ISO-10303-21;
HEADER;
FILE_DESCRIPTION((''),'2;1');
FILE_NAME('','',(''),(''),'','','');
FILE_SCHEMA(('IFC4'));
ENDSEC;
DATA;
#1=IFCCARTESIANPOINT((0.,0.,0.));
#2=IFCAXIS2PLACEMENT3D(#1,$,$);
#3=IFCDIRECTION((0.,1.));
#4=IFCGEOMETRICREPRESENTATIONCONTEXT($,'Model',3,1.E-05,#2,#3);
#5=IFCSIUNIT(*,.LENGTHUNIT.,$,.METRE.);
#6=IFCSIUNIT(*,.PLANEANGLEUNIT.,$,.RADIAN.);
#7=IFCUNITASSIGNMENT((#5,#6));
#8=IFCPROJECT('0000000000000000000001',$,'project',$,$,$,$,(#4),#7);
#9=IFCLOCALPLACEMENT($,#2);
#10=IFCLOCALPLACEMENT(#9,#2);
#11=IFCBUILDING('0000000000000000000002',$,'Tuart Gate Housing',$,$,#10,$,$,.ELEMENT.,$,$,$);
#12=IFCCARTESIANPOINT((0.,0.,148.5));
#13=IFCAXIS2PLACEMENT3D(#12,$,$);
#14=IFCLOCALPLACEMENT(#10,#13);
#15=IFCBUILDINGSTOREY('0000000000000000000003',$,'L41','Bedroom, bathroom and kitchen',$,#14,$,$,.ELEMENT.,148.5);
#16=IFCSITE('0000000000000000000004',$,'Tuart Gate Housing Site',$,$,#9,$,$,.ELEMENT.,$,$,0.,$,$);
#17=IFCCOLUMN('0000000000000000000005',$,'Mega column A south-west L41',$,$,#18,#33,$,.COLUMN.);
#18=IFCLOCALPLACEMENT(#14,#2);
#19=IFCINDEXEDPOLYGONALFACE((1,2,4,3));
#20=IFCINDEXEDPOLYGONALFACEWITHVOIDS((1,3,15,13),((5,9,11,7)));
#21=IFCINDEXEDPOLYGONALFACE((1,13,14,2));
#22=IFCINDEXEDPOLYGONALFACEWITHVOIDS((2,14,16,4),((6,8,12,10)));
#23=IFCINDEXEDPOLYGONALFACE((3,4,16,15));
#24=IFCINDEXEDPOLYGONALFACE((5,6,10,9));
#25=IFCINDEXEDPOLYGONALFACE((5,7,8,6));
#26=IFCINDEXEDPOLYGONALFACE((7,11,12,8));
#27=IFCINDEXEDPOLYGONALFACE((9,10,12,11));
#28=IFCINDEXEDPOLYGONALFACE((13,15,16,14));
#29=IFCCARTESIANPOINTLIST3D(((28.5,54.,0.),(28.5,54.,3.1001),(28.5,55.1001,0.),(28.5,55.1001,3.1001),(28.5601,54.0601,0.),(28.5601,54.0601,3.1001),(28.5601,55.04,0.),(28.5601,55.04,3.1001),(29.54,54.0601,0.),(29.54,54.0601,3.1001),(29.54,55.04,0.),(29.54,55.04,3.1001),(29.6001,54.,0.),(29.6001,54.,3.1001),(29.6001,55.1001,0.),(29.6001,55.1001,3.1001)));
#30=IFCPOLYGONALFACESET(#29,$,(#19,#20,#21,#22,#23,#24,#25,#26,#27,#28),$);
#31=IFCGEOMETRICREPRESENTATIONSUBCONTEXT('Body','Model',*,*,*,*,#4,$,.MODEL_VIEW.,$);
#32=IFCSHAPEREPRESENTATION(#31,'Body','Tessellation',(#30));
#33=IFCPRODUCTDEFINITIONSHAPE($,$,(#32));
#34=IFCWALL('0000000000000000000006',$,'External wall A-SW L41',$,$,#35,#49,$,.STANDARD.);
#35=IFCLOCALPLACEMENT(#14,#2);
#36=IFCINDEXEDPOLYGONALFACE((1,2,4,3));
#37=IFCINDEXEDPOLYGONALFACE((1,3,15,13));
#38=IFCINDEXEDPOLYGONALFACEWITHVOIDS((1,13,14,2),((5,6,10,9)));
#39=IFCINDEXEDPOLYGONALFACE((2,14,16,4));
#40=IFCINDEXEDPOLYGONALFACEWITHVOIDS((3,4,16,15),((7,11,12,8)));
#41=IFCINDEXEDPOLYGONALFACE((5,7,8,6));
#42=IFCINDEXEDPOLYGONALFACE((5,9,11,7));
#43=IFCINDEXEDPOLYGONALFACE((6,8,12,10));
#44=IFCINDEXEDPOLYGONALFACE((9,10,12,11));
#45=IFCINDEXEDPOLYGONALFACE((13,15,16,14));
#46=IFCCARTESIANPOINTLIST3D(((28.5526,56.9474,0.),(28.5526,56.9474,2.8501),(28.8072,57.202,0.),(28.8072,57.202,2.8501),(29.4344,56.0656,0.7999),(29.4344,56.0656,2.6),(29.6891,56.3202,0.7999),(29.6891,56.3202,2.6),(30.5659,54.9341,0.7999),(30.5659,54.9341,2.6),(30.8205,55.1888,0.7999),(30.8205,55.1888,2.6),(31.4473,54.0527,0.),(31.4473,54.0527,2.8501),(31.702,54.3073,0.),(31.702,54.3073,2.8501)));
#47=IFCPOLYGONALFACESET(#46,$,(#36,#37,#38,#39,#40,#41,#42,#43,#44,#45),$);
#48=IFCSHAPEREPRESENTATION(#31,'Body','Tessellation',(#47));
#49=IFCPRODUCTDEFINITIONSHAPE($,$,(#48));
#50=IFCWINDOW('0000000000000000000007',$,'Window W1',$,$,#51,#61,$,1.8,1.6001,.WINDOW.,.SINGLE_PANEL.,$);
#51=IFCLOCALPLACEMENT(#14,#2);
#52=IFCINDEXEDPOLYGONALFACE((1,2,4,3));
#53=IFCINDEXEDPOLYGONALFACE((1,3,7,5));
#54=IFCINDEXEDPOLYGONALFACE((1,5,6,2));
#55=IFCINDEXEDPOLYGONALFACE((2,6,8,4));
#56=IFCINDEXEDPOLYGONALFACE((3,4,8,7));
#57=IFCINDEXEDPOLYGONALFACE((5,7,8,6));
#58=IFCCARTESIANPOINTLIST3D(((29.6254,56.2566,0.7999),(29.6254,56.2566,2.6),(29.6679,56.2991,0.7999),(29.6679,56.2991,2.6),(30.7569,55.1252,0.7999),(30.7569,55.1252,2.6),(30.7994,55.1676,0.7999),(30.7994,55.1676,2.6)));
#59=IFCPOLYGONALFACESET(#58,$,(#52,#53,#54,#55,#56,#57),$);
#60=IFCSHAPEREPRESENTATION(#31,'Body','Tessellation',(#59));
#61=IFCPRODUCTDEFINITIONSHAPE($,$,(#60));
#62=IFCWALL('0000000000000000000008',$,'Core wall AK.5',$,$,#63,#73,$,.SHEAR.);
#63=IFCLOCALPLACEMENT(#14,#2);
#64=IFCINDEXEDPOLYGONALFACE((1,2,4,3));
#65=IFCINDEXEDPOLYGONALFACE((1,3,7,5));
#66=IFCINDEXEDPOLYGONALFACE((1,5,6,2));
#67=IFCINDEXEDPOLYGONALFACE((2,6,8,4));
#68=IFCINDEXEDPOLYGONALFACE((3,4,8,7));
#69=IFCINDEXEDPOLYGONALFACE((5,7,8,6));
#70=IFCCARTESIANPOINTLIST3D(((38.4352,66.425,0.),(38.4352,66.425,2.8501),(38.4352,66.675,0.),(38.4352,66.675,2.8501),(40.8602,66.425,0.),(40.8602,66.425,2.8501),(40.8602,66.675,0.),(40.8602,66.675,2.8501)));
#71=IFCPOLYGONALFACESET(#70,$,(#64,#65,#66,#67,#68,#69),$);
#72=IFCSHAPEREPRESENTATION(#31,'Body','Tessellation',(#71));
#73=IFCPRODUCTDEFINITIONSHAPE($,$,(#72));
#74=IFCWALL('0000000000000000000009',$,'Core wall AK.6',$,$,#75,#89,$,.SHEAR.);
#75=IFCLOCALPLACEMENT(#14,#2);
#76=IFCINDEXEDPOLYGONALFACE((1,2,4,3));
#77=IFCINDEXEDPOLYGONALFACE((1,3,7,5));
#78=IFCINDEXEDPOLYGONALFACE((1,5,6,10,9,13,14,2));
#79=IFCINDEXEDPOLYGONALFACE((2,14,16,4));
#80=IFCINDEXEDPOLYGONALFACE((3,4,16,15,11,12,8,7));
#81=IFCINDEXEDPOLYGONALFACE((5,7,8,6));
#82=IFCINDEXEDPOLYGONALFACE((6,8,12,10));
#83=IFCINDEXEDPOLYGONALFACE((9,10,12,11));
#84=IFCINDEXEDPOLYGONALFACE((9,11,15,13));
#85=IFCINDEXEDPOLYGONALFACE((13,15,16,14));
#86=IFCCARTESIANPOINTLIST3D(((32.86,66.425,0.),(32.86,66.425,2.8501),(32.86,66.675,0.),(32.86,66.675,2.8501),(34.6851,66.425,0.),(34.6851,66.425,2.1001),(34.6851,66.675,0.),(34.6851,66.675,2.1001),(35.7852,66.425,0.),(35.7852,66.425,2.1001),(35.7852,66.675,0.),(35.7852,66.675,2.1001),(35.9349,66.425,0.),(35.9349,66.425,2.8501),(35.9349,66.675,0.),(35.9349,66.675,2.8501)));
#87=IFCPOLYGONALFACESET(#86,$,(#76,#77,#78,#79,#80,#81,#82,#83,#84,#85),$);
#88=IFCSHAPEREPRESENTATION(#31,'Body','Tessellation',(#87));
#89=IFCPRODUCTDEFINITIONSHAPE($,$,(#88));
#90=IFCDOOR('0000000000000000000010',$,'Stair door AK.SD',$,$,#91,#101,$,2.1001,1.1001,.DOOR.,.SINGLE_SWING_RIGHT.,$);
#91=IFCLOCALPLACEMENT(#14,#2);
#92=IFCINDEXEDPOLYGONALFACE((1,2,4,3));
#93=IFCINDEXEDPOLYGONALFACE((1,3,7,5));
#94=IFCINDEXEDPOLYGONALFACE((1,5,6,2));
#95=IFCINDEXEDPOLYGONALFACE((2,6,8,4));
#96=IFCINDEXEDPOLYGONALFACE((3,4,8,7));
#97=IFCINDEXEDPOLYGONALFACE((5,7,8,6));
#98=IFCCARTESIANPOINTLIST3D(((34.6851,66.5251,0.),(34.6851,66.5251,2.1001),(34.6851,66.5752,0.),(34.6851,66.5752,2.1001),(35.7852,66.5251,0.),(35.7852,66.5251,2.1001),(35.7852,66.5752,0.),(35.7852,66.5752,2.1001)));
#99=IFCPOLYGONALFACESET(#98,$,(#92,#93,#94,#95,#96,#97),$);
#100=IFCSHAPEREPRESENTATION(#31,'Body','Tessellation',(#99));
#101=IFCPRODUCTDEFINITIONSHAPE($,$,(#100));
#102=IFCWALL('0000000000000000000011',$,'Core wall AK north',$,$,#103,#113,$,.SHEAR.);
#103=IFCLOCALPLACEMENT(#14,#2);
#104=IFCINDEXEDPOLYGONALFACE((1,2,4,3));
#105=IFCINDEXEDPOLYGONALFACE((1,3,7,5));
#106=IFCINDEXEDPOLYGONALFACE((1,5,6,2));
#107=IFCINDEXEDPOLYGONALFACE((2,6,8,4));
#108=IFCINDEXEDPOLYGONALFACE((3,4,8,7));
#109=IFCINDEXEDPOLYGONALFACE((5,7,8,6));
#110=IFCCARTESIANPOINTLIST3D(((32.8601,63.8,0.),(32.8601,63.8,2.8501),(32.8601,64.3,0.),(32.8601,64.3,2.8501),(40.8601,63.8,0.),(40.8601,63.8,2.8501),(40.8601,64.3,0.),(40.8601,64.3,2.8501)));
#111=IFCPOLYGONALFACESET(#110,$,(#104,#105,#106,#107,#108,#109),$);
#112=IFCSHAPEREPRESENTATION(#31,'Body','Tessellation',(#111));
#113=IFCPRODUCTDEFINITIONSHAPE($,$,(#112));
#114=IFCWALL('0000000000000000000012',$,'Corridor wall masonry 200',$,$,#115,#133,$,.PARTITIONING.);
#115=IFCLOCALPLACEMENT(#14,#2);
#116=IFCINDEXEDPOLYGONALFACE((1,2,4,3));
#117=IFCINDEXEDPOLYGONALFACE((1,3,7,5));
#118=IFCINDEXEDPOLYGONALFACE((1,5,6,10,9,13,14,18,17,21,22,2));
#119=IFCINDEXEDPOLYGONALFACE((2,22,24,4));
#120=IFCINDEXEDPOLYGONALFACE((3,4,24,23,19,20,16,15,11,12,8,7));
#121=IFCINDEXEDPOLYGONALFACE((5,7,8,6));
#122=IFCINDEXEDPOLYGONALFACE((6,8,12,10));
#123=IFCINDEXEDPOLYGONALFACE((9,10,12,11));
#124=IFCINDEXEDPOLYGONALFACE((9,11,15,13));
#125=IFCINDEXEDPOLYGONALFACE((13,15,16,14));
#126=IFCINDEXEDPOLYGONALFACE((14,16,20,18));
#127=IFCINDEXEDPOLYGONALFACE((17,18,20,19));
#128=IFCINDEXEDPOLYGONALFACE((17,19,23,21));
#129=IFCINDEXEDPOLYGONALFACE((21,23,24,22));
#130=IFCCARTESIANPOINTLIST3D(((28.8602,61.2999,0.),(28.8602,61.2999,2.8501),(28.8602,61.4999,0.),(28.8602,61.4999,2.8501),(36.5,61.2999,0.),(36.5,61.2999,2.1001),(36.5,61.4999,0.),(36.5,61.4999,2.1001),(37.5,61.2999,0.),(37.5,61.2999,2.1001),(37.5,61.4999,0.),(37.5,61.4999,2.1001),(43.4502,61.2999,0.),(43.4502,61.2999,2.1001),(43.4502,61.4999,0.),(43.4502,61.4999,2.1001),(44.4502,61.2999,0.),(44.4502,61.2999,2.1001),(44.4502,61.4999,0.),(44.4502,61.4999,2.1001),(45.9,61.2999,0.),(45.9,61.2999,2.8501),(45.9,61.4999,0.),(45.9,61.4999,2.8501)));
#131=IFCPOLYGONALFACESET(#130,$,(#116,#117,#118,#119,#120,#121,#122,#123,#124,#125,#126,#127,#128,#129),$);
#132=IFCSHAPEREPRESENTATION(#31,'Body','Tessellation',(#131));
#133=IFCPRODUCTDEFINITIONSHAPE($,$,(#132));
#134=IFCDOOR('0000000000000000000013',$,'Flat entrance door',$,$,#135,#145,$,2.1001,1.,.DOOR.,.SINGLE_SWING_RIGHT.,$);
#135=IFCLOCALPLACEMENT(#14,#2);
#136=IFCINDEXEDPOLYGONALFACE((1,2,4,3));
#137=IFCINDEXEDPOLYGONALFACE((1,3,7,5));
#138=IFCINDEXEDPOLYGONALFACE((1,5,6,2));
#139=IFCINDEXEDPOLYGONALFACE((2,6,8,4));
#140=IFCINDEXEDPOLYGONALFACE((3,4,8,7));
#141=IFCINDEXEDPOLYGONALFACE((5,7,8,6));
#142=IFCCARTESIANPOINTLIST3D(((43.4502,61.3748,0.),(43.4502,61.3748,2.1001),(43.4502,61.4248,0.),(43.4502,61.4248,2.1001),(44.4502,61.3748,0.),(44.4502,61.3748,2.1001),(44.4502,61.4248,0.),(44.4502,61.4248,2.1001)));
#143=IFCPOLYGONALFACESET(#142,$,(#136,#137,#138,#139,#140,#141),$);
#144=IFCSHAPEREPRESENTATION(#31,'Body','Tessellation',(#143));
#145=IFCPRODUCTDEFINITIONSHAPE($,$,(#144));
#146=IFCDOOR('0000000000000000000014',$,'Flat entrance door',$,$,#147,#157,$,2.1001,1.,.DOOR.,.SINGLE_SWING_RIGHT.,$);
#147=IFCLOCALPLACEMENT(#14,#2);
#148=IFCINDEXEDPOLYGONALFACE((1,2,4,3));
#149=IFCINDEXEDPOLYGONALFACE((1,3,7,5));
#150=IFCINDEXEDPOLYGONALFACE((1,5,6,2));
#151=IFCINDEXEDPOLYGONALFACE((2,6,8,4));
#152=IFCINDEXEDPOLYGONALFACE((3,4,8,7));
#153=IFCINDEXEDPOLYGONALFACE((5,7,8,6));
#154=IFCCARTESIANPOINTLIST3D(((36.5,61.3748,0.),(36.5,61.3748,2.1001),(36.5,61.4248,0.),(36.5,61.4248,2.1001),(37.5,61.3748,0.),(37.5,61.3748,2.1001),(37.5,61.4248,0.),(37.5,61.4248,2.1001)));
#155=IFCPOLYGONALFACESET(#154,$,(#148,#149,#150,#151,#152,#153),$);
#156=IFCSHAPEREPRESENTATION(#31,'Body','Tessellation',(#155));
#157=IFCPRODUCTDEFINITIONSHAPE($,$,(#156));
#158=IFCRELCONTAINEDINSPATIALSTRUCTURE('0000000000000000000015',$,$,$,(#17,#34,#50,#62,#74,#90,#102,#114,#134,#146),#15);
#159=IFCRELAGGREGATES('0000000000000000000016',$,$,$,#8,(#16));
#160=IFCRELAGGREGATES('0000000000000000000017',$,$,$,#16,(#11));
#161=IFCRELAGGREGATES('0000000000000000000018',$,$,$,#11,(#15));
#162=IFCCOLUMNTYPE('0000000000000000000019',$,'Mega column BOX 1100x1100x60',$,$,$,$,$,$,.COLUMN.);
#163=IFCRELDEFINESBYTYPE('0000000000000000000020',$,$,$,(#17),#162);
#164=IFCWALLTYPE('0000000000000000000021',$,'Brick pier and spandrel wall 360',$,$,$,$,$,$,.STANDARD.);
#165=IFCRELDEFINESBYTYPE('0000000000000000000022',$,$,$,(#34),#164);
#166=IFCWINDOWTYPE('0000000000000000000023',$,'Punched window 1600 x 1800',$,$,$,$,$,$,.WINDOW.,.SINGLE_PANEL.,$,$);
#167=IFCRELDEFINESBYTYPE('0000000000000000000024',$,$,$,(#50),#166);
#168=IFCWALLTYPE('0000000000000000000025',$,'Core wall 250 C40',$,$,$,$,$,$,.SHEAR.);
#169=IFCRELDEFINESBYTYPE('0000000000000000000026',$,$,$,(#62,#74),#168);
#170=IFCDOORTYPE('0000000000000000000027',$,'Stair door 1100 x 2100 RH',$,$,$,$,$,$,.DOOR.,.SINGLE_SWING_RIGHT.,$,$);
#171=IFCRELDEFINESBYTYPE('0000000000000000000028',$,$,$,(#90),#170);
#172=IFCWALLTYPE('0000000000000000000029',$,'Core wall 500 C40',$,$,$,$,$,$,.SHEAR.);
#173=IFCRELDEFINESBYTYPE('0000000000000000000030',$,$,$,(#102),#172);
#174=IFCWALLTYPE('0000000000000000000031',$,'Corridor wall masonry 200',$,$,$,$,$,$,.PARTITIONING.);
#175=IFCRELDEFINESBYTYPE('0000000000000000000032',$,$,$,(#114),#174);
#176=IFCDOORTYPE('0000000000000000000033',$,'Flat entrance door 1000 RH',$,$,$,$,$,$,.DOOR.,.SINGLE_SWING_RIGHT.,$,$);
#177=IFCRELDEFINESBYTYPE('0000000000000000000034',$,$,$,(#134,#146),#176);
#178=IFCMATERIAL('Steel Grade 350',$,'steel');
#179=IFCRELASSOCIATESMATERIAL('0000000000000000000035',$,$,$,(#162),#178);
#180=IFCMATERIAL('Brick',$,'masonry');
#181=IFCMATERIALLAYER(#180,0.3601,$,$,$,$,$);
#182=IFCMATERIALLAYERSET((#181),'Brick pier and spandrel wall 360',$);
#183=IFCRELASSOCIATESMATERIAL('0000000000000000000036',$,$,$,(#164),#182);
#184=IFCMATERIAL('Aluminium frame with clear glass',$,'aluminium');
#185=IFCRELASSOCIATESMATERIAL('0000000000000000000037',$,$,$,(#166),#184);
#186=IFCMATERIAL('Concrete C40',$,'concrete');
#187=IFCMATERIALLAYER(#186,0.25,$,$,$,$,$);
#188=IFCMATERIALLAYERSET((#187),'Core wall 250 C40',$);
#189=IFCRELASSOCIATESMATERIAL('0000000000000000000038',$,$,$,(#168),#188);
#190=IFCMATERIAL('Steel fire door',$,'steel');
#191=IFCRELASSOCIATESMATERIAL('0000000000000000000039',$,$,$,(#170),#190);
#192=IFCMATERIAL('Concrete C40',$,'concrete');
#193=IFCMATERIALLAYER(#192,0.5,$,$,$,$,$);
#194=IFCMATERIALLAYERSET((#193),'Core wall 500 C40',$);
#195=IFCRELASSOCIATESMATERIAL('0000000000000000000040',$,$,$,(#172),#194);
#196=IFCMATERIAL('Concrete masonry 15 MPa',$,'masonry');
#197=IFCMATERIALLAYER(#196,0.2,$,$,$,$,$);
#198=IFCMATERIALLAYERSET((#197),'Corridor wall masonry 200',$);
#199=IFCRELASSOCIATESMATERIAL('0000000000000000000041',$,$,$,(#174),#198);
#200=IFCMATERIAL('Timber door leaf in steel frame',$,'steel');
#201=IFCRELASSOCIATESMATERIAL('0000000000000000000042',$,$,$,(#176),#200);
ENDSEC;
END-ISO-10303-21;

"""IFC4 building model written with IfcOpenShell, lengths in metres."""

from ifc_helpers import new_model, si_unit, direction, frame, frame_2d, origin, origin_2d, place, context, subcontext, project, spatial, rectangle, hollow_rectangle, extrude, material, layer, layer_set, material_profile, profile_set, type_object, element, fill, save


model = new_model("IFC4")

# Units and contexts
model_context = context("Model", 3, precision=1e-05, world=origin(), true_north=direction((0.0, 1.0)))
body_context = subcontext(model_context, "Body", "Model", "MODEL_VIEW")
ifc_project = project(units=[si_unit("LENGTHUNIT", "METRE"), si_unit("PLANEANGLEUNIT", "RADIAN")], contexts=[model_context])

# Site, building, storey
site_placement = place(None, origin())
site = spatial("IfcSite", under=ifc_project, at=site_placement, Name="Tuart Gate Housing Site", CompositionType="ELEMENT", RefElevation=0.0)
building_placement = place(site_placement, origin())
building = spatial("IfcBuilding", under=site, at=building_placement, Name="Tuart Gate Housing", CompositionType="ELEMENT")
storey_placement = place(building_placement, frame((0.0, 0.0, 148.5)))
storey = spatial("IfcBuildingStorey", under=building, at=storey_placement, Name="L41", Description="Bedroom, bathroom and kitchen", CompositionType="ELEMENT", Elevation=148.5)

# Column
ifc_material_1 = material(Name="Steel Grade 350", Category="steel")
ifc_material_profile = material_profile(ifc_material_1, hollow_rectangle(XDim=1.1001, YDim=1.1001, WallThickness=0.0601, at=origin_2d()), Name="BOX 1100x1100x60")
ifc_profile_set = profile_set([ifc_material_profile], Name="Steel Grade 350")
column_type = type_object("IfcColumnType", Name="Mega column BOX 1100x1100x60", PredefinedType="COLUMN", material=ifc_profile_set)
column_placement = place(storey_placement, frame((29.05, 54.55, 0.0), z_axis=(0.0, 0.0, 1.0), x_axis=(1.0, 0.0, 0.0)))
element("IfcColumn", 1, at=column_placement, inside=storey, type_object=column_type, Name="Mega column A south-west L41", PredefinedType="COLUMN", context=body_context, shape_type="SweptSolid", body=[
    extrude(hollow_rectangle(XDim=1.1001, YDim=1.1001, WallThickness=0.0601, at=origin_2d()), origin(), (0.0, 0.0, 1.0), 3.1001),
])

# Wall, opening, window
ifc_material_2 = material(Name="Brick", Category="masonry")
ifc_layer_1 = layer(ifc_material_2, 0.3601)
ifc_layer_set_1 = layer_set([ifc_layer_1], Name="Brick pier and spandrel wall 360")
wall_type_1 = type_object("IfcWallType", Name="Brick pier and spandrel wall 360", PredefinedType="STANDARD", material=ifc_layer_set_1)
wall_1_placement = place(storey_placement, frame((28.6799, 57.0747, 0.0), z_axis=(0.0, 0.0, 1.0), x_axis=(0.707107, -0.707107, 0.0)))
wall_1 = element("IfcWall", 2, at=wall_1_placement, inside=storey, type_object=wall_type_1, Name="External wall A-SW L41", PredefinedType="STANDARD", context=body_context, shape_type="SweptSolid", body=[
    extrude(rectangle(XDim=4.0938, YDim=0.3601, at=frame_2d((2.0469, 0.0))), origin(), (0.0, 0.0, 1.0), 2.8501),
])
opening_1_placement = place(wall_1_placement, frame((1.2471, 0.0, 0.8)))
opening_1 = element("IfcOpeningElement", 3, at=opening_1_placement, cuts=wall_1, PredefinedType="OPENING", context=body_context, shape_type="SweptSolid", body=[
    extrude(rectangle(XDim=1.6001, YDim=1.8, at=frame_2d((0.8, 0.8999))), frame((0.0, 0.1899, 0.0), z_axis=(0.0, -1.0, 0.0), x_axis=(1.0, 0.0, 0.0)), (0.0, 0.0, 1.0), 0.3801),
])
ifc_material_3 = material(Name="Aluminium frame with clear glass", Category="aluminium")
window_type = type_object("IfcWindowType", Name="Punched window 1600 x 1800", PartitioningType="SINGLE_PANEL", PredefinedType="WINDOW", material=ifc_material_3)
window_placement = place(opening_1_placement, origin())
window = element("IfcWindow", 4, at=window_placement, inside=storey, type_object=window_type, Name="Window W1", OverallHeight=1.8, OverallWidth=1.6001, PartitioningType="SINGLE_PANEL", PredefinedType="WINDOW", context=body_context, shape_type="SweptSolid", body=[
    extrude(rectangle(XDim=1.6001, YDim=1.8, at=frame_2d((0.8, 0.8999))), frame((0.0, 0.1501, 0.0), z_axis=(0.0, -1.0, 0.0), x_axis=(1.0, 0.0, 0.0)), (0.0, 0.0, 1.0), 0.0601),
])
fill(opening_1, window)

# Wall
ifc_material_4 = material(Name="Concrete C40", Category="concrete")
ifc_layer_2 = layer(ifc_material_4, 0.25)
ifc_layer_set_2 = layer_set([ifc_layer_2], Name="Core wall 250 C40")
wall_type_2 = type_object("IfcWallType", Name="Core wall 250 C40", PredefinedType="SHEAR", material=ifc_layer_set_2)
wall_2_placement = place(storey_placement, frame((40.8601, 66.55, 0.0), z_axis=(0.0, 0.0, 1.0), x_axis=(-1.0, 0.0, 0.0)))
element("IfcWall", 5, at=wall_2_placement, inside=storey, type_object=wall_type_2, Name="Core wall AK.5", PredefinedType="SHEAR", context=body_context, shape_type="SweptSolid", body=[
    extrude(rectangle(XDim=2.425, YDim=0.25, at=frame_2d((1.2124, 0.0))), origin(), (0.0, 0.0, 1.0), 2.8501),
])

# Wall, opening, door
wall_3_placement = place(storey_placement, frame((35.9351, 66.55, 0.0), z_axis=(0.0, 0.0, 1.0), x_axis=(-1.0, 0.0, 0.0)))
wall_3 = element("IfcWall", 6, at=wall_3_placement, inside=storey, type_object=wall_type_2, Name="Core wall AK.6", PredefinedType="SHEAR", context=body_context, shape_type="SweptSolid", body=[
    extrude(rectangle(XDim=3.075, YDim=0.25, at=frame_2d((1.5376, 0.0))), origin(), (0.0, 0.0, 1.0), 2.8501),
])
opening_2_placement = place(wall_3_placement, frame((0.1499, 0.0, 0.0)))
opening_2 = element("IfcOpeningElement", 7, at=opening_2_placement, cuts=wall_3, PredefinedType="OPENING", context=body_context, shape_type="SweptSolid", body=[
    extrude(rectangle(XDim=1.1001, YDim=2.1001, at=frame_2d((0.55, 1.05))), frame((0.0, 0.135, 0.0), z_axis=(0.0, -1.0, 0.0), x_axis=(1.0, 0.0, 0.0)), (0.0, 0.0, 1.0), 0.27),
])
ifc_material_5 = material(Name="Steel fire door", Category="steel")
door_type_1 = type_object("IfcDoorType", Name="Stair door 1100 x 2100 RH", OperationType="SINGLE_SWING_RIGHT", PredefinedType="DOOR", material=ifc_material_5)
door_1_placement = place(opening_2_placement, frame((1.1001, 0.0, 0.0), z_axis=(0.0, 0.0, 1.0), x_axis=(-1.0, 0.0, 0.0)))
door_1 = element("IfcDoor", 8, at=door_1_placement, inside=storey, type_object=door_type_1, Name="Stair door AK.SD", OperationType="SINGLE_SWING_RIGHT", OverallHeight=2.1001, OverallWidth=1.1001, PredefinedType="DOOR", context=body_context, shape_type="SweptSolid", body=[
    extrude(rectangle(XDim=1.1001, YDim=2.1001, at=frame_2d((0.55, 1.05))), frame((0.0, 0.0251, 0.0), z_axis=(0.0, -1.0, 0.0), x_axis=(1.0, 0.0, 0.0)), (0.0, 0.0, 1.0), 0.05),
])
fill(opening_2, door_1)

# Wall
ifc_material_6 = material(Name="Concrete C40", Category="concrete")
ifc_layer_3 = layer(ifc_material_6, 0.5)
ifc_layer_set_3 = layer_set([ifc_layer_3], Name="Core wall 500 C40")
wall_type_3 = type_object("IfcWallType", Name="Core wall 500 C40", PredefinedType="SHEAR", material=ifc_layer_set_3)
wall_4_placement = place(storey_placement, frame((40.8601, 64.05, 0.0), z_axis=(0.0, 0.0, 1.0), x_axis=(-1.0, 0.0, 0.0)))
element("IfcWall", 9, at=wall_4_placement, inside=storey, type_object=wall_type_3, Name="Core wall AK north", PredefinedType="SHEAR", context=body_context, shape_type="SweptSolid", body=[
    extrude(rectangle(XDim=8.0, YDim=0.5, at=frame_2d((4.0, 0.0))), origin(), (0.0, 0.0, 1.0), 2.8501),
])

# Wall, openings, doors
ifc_material_7 = material(Name="Concrete masonry 15 MPa", Category="masonry")
ifc_layer_4 = layer(ifc_material_7, 0.2)
ifc_layer_set_4 = layer_set([ifc_layer_4], Name="Corridor wall masonry 200")
wall_type_4 = type_object("IfcWallType", Name="Corridor wall masonry 200", PredefinedType="PARTITIONING", material=ifc_layer_set_4)
wall_5_placement = place(storey_placement, frame((28.8601, 61.3999, 0.0), z_axis=(0.0, 0.0, 1.0), x_axis=(1.0, 0.0, 0.0)))
wall_5 = element("IfcWall", 10, at=wall_5_placement, inside=storey, type_object=wall_type_4, Name="Corridor wall masonry 200", PredefinedType="PARTITIONING", context=body_context, shape_type="SweptSolid", body=[
    extrude(rectangle(XDim=17.0398, YDim=0.2, at=frame_2d((8.52, 0.0))), origin(), (0.0, 0.0, 1.0), 2.8501),
])
opening_3_placement = place(wall_5_placement, frame((14.5901, 0.0, 0.0)))
opening_3 = element("IfcOpeningElement", 11, at=opening_3_placement, cuts=wall_5, PredefinedType="OPENING", context=body_context, shape_type="SweptSolid", body=[
    extrude(rectangle(XDim=1.0, YDim=2.1001, at=frame_2d((0.5, 1.05))), frame((0.0, 0.1099, 0.0), z_axis=(0.0, -1.0, 0.0), x_axis=(1.0, 0.0, 0.0)), (0.0, 0.0, 1.0), 0.22),
])
opening_4_placement = place(wall_5_placement, frame((7.6399, 0.0, 0.0)))
opening_4 = element("IfcOpeningElement", 12, at=opening_4_placement, cuts=wall_5, PredefinedType="OPENING", context=body_context, shape_type="SweptSolid", body=[
    extrude(rectangle(XDim=1.0, YDim=2.1001, at=frame_2d((0.5, 1.05))), frame((0.0, 0.1099, 0.0), z_axis=(0.0, -1.0, 0.0), x_axis=(1.0, 0.0, 0.0)), (0.0, 0.0, 1.0), 0.22),
])
ifc_material_8 = material(Name="Timber door leaf in steel frame", Category="steel")
door_type_2 = type_object("IfcDoorType", Name="Flat entrance door 1000 RH", OperationType="SINGLE_SWING_RIGHT", PredefinedType="DOOR", material=ifc_material_8)
door_2_placement = place(opening_3_placement, frame((1.0, 0.0, 0.0), z_axis=(0.0, 0.0, 1.0), x_axis=(-1.0, 0.0, 0.0)))
door_2 = element("IfcDoor", 13, at=door_2_placement, inside=storey, type_object=door_type_2, Name="Flat entrance door", OperationType="SINGLE_SWING_RIGHT", OverallHeight=2.1001, OverallWidth=1.0, PredefinedType="DOOR", context=body_context, shape_type="SweptSolid", body=[
    extrude(rectangle(XDim=1.0, YDim=2.1001, at=frame_2d((0.5, 1.05))), frame((0.0, 0.0251, 0.0), z_axis=(0.0, -1.0, 0.0), x_axis=(1.0, 0.0, 0.0)), (0.0, 0.0, 1.0), 0.05),
])
fill(opening_3, door_2)
door_3_placement = place(opening_4_placement, frame((1.0, 0.0, 0.0), z_axis=(0.0, 0.0, 1.0), x_axis=(-1.0, 0.0, 0.0)))
door_3 = element("IfcDoor", 14, at=door_3_placement, inside=storey, type_object=door_type_2, Name="Flat entrance door", OperationType="SINGLE_SWING_RIGHT", OverallHeight=2.1001, OverallWidth=1.0, PredefinedType="DOOR", context=body_context, shape_type="SweptSolid", body=[
    extrude(rectangle(XDim=1.0, YDim=2.1001, at=frame_2d((0.5, 1.05))), frame((0.0, 0.0251, 0.0), z_axis=(0.0, -1.0, 0.0), x_axis=(1.0, 0.0, 0.0)), (0.0, 0.0, 1.0), 0.05),
])
fill(opening_4, door_3)

save(model, "model.ifc")
